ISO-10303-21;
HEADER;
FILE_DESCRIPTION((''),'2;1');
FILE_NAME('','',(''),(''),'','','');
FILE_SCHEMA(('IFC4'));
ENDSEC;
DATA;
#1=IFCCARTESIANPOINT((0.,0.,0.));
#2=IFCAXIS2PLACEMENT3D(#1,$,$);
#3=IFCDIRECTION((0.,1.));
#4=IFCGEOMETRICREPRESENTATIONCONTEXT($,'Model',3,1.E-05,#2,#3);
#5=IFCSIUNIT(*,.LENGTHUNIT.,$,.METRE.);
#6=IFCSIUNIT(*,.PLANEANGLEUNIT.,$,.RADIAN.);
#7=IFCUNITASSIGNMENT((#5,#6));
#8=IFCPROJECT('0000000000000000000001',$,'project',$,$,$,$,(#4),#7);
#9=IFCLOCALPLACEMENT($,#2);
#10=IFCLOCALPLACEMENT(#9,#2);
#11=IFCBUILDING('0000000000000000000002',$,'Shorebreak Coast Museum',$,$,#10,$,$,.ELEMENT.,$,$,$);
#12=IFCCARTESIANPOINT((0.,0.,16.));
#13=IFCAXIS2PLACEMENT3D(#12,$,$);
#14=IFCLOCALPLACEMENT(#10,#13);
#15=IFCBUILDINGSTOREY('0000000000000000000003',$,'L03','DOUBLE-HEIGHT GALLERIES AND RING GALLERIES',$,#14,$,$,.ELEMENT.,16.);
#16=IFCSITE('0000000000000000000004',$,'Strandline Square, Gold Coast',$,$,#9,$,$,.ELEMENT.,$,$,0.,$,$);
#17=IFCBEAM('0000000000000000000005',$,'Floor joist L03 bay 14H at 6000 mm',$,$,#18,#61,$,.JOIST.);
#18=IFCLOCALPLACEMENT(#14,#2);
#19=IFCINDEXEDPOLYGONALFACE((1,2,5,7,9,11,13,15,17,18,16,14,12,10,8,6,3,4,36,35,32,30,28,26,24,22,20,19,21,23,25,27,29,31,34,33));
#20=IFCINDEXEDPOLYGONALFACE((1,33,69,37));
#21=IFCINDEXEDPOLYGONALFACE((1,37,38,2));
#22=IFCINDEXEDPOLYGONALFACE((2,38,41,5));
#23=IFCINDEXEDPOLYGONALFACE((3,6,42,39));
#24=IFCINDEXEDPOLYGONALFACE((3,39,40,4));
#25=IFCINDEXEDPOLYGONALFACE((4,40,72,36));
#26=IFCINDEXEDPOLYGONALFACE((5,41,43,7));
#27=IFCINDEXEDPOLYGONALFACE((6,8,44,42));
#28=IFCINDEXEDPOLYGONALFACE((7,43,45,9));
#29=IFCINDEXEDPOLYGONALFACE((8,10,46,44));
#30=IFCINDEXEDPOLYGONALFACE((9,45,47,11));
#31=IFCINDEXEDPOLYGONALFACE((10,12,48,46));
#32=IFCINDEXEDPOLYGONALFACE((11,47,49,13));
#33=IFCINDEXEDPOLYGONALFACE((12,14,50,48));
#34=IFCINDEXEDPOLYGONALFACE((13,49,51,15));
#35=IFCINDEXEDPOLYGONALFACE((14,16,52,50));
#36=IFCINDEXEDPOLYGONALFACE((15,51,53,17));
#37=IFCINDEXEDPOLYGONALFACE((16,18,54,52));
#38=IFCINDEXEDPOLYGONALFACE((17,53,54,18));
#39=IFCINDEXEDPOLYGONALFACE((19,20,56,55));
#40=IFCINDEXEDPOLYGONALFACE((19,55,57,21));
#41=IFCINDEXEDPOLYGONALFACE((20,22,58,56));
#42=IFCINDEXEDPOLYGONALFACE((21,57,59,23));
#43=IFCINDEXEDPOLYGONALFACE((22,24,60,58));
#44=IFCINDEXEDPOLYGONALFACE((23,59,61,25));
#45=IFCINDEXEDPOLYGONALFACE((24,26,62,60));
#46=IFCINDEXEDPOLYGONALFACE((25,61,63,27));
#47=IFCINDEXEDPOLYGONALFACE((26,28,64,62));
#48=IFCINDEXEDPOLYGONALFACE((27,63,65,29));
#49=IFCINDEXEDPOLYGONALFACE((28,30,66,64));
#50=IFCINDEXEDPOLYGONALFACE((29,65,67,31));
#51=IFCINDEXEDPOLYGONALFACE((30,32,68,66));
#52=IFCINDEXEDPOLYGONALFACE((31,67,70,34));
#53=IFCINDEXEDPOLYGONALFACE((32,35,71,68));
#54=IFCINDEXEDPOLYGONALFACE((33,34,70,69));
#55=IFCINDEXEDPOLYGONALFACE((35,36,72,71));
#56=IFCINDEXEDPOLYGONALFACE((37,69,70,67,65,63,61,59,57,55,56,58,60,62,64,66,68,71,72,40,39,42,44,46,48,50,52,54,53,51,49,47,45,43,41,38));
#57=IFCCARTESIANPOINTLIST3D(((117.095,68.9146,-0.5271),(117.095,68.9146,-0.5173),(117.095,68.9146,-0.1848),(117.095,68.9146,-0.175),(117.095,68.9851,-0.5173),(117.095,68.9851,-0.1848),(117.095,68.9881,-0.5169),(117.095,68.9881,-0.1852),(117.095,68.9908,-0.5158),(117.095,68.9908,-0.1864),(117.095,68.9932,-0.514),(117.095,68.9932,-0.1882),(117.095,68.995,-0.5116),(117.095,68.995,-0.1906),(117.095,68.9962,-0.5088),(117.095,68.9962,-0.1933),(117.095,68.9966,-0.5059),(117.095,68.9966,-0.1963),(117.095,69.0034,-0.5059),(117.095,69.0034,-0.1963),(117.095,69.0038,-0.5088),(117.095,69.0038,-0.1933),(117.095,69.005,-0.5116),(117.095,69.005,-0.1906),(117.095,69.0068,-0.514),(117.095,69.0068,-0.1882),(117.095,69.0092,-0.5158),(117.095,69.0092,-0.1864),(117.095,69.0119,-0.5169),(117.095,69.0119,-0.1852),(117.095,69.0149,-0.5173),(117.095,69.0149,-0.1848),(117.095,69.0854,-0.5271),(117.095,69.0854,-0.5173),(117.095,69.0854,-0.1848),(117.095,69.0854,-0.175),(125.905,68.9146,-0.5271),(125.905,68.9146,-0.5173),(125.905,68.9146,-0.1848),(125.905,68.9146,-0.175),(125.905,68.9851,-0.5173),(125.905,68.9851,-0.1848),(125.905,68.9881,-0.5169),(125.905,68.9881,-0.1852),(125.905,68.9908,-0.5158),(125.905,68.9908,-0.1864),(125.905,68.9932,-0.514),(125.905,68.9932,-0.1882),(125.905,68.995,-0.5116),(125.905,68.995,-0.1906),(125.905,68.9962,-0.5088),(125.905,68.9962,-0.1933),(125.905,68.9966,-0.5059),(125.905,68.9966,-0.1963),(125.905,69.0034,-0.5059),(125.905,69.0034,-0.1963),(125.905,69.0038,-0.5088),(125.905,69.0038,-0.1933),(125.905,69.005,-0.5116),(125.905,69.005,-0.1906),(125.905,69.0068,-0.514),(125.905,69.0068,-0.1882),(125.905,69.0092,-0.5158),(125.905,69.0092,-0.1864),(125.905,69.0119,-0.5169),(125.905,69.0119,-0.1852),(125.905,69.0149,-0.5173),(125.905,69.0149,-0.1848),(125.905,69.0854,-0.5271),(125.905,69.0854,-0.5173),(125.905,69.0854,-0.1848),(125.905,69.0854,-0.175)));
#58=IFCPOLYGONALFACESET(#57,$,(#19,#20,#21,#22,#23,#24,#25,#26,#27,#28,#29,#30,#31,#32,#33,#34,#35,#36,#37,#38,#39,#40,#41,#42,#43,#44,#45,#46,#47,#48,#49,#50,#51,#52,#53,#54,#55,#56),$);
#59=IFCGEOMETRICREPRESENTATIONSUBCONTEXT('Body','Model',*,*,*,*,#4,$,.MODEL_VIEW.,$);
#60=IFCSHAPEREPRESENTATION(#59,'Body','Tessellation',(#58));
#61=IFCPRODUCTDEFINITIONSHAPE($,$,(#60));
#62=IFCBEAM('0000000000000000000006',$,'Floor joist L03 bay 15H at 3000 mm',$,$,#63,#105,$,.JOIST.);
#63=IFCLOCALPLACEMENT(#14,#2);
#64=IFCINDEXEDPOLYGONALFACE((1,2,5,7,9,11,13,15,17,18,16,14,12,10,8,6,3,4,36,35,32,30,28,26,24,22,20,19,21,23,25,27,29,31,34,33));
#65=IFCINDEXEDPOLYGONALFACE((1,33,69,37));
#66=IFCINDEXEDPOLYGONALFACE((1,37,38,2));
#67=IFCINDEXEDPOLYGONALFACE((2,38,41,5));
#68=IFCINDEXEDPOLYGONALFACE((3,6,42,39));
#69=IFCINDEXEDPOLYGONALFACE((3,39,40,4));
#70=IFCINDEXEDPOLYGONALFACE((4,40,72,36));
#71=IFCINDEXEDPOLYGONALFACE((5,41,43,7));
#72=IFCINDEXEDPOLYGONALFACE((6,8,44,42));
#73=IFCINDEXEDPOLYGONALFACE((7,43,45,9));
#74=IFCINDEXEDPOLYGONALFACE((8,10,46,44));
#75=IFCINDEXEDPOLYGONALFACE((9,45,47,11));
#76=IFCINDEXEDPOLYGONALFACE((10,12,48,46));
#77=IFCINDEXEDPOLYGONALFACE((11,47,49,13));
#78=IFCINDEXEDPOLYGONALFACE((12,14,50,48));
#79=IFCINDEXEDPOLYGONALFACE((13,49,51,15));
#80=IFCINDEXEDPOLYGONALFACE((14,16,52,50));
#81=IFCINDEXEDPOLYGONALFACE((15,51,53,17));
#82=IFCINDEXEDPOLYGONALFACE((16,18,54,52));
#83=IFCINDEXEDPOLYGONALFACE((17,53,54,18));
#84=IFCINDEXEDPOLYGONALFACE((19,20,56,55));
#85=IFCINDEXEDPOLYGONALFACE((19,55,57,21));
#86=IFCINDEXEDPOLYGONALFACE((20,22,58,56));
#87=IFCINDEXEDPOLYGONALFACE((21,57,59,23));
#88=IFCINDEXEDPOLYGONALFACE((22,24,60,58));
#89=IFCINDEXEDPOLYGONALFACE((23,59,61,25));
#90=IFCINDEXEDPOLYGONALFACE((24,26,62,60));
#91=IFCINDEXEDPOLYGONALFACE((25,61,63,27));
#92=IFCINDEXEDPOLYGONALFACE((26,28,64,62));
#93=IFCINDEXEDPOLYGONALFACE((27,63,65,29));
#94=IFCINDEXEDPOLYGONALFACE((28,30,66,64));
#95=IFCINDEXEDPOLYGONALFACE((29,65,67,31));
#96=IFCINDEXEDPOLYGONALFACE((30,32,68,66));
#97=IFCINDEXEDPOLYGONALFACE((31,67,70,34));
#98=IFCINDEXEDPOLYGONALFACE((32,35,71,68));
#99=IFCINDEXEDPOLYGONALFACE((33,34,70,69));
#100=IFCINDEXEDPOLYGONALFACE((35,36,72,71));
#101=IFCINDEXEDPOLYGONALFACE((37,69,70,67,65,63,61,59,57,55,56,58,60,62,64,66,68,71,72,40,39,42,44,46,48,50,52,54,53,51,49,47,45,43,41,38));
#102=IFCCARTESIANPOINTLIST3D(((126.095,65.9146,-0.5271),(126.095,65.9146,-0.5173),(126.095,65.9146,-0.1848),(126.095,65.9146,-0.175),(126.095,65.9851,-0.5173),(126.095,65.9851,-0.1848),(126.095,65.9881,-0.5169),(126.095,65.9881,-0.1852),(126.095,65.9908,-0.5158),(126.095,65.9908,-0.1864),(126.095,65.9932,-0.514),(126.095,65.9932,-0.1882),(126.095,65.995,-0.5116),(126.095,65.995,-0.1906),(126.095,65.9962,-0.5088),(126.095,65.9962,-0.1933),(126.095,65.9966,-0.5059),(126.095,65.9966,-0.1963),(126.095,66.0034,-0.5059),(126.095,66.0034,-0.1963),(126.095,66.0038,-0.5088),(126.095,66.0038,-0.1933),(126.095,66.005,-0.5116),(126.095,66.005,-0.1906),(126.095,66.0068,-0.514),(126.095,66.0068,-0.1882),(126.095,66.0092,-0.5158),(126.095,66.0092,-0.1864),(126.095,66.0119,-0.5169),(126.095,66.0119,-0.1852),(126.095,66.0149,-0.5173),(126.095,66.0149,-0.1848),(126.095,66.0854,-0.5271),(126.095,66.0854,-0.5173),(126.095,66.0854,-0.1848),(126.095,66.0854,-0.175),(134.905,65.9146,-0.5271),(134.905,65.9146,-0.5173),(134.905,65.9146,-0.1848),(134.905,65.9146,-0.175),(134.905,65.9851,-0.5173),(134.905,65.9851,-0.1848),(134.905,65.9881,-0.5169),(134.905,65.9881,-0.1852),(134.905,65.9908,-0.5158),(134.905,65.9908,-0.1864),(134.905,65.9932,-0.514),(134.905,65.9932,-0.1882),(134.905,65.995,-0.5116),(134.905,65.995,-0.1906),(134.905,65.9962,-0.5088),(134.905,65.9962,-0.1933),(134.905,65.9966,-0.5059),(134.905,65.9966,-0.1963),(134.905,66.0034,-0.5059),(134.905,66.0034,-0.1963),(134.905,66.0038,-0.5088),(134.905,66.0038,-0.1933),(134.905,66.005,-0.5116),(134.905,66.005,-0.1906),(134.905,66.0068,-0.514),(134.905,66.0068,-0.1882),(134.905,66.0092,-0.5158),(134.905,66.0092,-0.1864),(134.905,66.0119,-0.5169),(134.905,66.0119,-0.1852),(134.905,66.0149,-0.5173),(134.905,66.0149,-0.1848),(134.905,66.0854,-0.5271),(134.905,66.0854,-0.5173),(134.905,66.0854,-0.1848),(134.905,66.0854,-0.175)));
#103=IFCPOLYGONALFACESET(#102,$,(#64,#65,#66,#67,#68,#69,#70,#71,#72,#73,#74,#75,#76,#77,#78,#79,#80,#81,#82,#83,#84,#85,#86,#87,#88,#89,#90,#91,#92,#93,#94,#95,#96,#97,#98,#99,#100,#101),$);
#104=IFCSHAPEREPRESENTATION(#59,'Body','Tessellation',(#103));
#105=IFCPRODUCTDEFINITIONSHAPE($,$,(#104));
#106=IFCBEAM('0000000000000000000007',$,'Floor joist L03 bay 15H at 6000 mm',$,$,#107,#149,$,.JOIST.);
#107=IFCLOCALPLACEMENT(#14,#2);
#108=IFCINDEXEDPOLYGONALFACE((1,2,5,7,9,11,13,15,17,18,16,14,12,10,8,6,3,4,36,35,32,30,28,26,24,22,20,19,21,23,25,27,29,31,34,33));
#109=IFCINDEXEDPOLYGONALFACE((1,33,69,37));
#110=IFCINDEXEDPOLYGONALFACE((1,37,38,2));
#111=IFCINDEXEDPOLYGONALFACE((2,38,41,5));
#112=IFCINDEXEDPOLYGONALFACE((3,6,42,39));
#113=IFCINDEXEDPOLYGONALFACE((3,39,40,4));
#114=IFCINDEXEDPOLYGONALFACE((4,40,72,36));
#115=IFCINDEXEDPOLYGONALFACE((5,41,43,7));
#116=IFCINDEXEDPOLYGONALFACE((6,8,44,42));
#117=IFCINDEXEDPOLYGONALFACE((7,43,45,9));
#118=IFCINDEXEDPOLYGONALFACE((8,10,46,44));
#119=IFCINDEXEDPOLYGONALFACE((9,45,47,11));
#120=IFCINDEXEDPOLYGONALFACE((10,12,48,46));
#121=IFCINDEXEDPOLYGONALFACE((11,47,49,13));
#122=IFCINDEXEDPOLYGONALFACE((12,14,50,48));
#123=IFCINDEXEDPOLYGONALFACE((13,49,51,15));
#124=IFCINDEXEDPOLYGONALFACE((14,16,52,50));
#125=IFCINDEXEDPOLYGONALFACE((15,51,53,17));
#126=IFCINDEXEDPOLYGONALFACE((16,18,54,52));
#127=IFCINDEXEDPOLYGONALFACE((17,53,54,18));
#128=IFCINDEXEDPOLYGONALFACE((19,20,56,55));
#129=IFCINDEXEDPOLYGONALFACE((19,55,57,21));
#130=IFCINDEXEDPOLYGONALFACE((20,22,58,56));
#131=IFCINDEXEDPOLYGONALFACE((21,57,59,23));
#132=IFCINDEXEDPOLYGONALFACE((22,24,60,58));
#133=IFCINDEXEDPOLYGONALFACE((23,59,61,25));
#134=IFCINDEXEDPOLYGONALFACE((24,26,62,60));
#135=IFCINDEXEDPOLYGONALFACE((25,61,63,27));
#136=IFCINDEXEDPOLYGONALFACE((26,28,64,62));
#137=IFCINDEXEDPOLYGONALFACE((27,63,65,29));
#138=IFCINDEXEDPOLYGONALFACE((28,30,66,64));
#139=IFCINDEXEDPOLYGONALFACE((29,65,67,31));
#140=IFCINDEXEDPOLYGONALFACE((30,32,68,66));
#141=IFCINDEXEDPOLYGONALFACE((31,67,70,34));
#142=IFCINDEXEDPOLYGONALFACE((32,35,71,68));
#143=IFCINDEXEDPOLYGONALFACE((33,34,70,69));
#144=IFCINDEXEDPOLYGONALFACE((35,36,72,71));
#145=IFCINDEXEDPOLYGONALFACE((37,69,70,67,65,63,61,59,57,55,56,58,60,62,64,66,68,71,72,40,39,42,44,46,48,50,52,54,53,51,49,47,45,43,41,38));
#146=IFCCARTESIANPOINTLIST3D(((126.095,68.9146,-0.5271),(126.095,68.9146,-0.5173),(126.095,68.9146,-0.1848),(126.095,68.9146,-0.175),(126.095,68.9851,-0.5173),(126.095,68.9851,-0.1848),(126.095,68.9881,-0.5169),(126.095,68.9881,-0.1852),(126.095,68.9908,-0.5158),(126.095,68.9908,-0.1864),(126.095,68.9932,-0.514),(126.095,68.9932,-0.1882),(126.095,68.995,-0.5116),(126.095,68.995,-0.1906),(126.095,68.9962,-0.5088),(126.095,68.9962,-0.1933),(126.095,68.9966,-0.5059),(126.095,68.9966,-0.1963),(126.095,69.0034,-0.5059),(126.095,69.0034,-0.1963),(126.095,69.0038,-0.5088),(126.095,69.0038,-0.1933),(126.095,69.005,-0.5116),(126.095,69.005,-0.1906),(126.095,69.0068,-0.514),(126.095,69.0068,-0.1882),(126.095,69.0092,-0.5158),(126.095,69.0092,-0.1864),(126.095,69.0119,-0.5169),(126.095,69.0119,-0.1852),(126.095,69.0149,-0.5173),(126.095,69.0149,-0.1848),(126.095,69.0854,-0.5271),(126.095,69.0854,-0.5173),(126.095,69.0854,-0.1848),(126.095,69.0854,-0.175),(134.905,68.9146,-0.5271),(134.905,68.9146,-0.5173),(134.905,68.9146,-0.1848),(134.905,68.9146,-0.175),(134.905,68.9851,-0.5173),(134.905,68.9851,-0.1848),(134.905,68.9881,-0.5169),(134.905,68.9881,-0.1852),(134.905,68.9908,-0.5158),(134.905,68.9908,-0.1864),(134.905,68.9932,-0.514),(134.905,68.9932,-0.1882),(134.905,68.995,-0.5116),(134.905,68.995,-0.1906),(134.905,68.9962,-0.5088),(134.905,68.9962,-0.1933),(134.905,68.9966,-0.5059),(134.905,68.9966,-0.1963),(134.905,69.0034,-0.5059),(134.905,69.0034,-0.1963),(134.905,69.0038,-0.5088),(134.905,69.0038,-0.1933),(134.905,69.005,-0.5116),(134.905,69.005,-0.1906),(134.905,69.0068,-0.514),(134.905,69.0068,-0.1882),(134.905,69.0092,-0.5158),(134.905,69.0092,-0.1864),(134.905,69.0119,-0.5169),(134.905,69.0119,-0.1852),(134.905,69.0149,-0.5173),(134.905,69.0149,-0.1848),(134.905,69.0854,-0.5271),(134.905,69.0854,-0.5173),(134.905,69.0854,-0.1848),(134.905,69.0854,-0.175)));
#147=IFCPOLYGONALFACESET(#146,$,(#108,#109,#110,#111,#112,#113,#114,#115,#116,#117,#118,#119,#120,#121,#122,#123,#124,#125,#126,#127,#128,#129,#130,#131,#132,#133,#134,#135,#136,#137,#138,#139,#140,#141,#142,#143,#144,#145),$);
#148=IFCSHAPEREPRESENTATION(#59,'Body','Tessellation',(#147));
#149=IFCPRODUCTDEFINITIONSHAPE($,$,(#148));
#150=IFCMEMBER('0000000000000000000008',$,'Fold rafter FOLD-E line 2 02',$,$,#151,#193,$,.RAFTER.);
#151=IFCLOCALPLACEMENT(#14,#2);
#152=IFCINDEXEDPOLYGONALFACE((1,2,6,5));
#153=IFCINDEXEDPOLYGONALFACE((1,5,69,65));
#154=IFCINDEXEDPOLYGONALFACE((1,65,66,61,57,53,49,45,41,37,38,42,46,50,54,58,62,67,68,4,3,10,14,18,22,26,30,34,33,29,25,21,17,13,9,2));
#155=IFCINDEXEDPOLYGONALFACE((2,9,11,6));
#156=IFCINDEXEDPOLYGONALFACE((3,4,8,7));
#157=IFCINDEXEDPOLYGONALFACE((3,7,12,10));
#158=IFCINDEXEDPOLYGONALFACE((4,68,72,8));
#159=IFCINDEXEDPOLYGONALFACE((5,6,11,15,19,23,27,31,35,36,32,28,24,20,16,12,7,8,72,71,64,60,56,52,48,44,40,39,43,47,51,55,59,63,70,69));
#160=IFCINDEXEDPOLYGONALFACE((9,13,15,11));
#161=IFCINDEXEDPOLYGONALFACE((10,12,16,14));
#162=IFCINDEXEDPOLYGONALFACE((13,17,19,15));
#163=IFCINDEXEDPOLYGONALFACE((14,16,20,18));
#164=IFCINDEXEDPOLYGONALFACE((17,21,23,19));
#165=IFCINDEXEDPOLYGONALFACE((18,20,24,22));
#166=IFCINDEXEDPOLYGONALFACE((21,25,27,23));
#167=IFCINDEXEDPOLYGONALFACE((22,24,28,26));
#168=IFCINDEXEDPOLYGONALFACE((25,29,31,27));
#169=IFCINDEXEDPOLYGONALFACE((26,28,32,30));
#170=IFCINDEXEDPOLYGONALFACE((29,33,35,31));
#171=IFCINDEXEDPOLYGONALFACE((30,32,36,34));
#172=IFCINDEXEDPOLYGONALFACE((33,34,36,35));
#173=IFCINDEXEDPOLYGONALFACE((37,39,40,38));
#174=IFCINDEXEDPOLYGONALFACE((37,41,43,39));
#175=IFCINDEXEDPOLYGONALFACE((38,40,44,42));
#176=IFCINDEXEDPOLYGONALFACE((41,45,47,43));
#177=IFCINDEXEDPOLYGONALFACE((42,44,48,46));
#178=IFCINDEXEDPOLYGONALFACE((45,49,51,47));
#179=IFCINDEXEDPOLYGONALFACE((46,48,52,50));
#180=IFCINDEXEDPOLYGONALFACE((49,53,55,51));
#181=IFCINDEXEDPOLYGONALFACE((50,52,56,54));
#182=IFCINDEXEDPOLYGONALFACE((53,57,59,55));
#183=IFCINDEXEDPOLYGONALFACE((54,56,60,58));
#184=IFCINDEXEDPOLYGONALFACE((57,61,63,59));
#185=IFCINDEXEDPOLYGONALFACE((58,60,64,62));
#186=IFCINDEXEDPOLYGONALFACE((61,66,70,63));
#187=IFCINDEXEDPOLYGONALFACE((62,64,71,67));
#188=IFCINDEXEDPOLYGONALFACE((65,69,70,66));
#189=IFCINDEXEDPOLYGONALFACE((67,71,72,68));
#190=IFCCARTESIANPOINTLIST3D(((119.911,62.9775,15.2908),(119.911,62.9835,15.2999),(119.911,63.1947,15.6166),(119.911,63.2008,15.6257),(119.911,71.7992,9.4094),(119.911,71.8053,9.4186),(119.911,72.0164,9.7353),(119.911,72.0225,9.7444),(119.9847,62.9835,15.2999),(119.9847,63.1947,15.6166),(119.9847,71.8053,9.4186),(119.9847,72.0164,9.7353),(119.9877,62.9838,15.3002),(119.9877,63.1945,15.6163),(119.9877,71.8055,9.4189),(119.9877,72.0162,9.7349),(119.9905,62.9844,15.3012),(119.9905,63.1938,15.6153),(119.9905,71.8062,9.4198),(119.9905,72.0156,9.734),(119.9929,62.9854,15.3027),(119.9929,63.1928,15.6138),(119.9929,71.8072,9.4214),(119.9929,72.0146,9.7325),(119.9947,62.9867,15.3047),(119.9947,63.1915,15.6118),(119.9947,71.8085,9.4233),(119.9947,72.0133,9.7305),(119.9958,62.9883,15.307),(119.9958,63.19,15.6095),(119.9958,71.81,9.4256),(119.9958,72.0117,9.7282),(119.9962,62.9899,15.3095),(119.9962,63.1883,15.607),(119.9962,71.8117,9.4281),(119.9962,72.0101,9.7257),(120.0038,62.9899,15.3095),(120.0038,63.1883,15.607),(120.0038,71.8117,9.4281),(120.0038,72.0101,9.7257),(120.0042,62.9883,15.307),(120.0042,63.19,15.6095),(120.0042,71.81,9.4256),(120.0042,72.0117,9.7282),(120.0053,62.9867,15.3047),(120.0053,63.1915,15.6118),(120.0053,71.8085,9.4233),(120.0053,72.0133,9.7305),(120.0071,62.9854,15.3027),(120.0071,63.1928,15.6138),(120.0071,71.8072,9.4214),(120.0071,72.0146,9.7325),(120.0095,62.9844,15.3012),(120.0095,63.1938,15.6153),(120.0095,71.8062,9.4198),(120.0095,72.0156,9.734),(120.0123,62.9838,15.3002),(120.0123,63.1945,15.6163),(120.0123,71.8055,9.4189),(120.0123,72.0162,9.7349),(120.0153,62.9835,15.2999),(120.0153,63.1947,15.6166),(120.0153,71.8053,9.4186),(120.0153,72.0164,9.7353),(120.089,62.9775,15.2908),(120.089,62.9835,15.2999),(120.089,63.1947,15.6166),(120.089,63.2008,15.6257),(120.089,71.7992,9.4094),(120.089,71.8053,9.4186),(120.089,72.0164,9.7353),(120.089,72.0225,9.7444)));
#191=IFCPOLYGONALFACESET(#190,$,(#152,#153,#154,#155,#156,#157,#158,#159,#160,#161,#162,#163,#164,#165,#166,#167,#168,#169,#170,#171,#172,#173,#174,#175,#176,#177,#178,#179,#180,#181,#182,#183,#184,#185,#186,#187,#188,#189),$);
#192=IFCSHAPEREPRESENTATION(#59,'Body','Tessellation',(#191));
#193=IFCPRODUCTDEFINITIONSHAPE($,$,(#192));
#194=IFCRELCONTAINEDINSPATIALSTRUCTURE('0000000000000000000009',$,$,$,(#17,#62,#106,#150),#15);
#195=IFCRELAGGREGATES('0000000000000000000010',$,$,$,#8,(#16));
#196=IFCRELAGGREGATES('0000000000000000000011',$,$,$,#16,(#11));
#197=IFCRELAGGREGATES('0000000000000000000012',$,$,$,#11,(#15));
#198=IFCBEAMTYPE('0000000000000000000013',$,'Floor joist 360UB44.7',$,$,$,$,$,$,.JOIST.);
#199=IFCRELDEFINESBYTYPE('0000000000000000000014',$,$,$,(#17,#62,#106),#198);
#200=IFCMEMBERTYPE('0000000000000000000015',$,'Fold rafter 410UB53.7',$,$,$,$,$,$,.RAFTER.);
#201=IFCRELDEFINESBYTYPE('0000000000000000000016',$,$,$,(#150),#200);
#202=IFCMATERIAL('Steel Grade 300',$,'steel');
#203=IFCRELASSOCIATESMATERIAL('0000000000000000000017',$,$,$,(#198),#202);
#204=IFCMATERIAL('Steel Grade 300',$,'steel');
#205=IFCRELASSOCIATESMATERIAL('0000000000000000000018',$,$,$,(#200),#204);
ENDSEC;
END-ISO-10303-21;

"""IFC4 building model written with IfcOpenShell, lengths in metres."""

from ifc_helpers import new_model, si_unit, direction, frame, origin, origin_2d, place, context, subcontext, project, spatial, i_section, extrude, material, material_profile, profile_set, type_object, element, save


model = new_model("IFC4")

# Units and contexts
model_context = context("Model", 3, precision=1e-05, world=origin(), true_north=direction((0.0, 1.0)))
body_context = subcontext(model_context, "Body", "Model", "MODEL_VIEW")
ifc_project = project(units=[si_unit("LENGTHUNIT", "METRE"), si_unit("PLANEANGLEUNIT", "RADIAN")], contexts=[model_context])

# Site, building, storey
site_placement = place(None, origin())
site = spatial("IfcSite", under=ifc_project, at=site_placement, Name="Strandline Square, Gold Coast", CompositionType="ELEMENT", RefElevation=0.0)
building_placement = place(site_placement, origin())
building = spatial("IfcBuilding", under=site, at=building_placement, Name="Shorebreak Coast Museum", CompositionType="ELEMENT")
storey_placement = place(building_placement, frame((0.0, 0.0, 16.0)))
storey = spatial("IfcBuildingStorey", under=building, at=storey_placement, Name="L03", Description="DOUBLE-HEIGHT GALLERIES AND RING GALLERIES", CompositionType="ELEMENT", Elevation=16.0)

# Beams
ifc_material_1 = material(Name="Steel Grade 300", Category="steel")
ifc_material_profile_1 = material_profile(ifc_material_1, i_section(OverallWidth=0.1709, OverallDepth=0.3521, WebThickness=0.0068, FlangeThickness=0.0098, FilletRadius=0.0115, at=origin_2d()), Name="360UB44.7")
ifc_profile_set_1 = profile_set([ifc_material_profile_1], Name="Steel Grade 300")
beam_type_1 = type_object("IfcBeamType", Name="Floor joist 360UB44.7", PredefinedType="JOIST", material=ifc_profile_set_1)
for number, where, z_axis, x_axis, name in (
    (1, (117.095, 69.0, -0.3511), (1.0, 0.0, 0.0), (0.0, 1.0, 0.0), "Floor joist L03 bay 14H at 6000 mm"),
    (2, (126.095, 66.0, -0.3511), (1.0, 0.0, 0.0), (0.0, 1.0, 0.0), "Floor joist L03 bay 15H at 3000 mm"),
    (3, (126.095, 69.0, -0.3511), (1.0, 0.0, 0.0), (0.0, 1.0, 0.0), "Floor joist L03 bay 15H at 6000 mm"),
):
    element("IfcBeam", number, at=place(storey_placement, frame(where, z_axis=z_axis, x_axis=x_axis)), inside=storey, type_object=beam_type_1, Name=name, PredefinedType="JOIST", context=body_context, shape_type="SweptSolid", body=[
        extrude(i_section(OverallWidth=0.1709, OverallDepth=0.3521, WebThickness=0.0068, FlangeThickness=0.0098, FilletRadius=0.0115, at=origin_2d()), origin(), (0.0, 0.0, 1.0), 8.8101),
    ])

# Member
ifc_material_2 = material(Name="Steel Grade 300", Category="steel")
ifc_material_profile_2 = material_profile(ifc_material_2, i_section(OverallWidth=0.178, OverallDepth=0.4026, WebThickness=0.0076, FlangeThickness=0.011, FilletRadius=0.0115, at=origin_2d()), Name="410UB53.7")
ifc_profile_set_2 = profile_set([ifc_material_profile_2], Name="Steel Grade 300")
member_type_1 = type_object("IfcMemberType", Name="Fold rafter 410UB53.7", PredefinedType="RAFTER", material=ifc_profile_set_2)
for number, where, z_axis, x_axis, name in (
    (4, (120.0, 63.0891, 15.4583), (0.0, 0.832043, -0.554711), (-1.0, 0.0, 0.0), "Fold rafter FOLD-E line 2 02"),
):
    element("IfcMember", number, at=place(storey_placement, frame(where, z_axis=z_axis, x_axis=x_axis)), inside=storey, type_object=member_type_1, Name=name, PredefinedType="RAFTER", context=body_context, shape_type="SweptSolid", body=[
        extrude(i_section(OverallWidth=0.178, OverallDepth=0.4026, WebThickness=0.0076, FlangeThickness=0.011, FilletRadius=0.0115, at=origin_2d()), origin(), (0.0, 0.0, 1.0), 10.6025),
    ])

save(model, "model.ifc")
